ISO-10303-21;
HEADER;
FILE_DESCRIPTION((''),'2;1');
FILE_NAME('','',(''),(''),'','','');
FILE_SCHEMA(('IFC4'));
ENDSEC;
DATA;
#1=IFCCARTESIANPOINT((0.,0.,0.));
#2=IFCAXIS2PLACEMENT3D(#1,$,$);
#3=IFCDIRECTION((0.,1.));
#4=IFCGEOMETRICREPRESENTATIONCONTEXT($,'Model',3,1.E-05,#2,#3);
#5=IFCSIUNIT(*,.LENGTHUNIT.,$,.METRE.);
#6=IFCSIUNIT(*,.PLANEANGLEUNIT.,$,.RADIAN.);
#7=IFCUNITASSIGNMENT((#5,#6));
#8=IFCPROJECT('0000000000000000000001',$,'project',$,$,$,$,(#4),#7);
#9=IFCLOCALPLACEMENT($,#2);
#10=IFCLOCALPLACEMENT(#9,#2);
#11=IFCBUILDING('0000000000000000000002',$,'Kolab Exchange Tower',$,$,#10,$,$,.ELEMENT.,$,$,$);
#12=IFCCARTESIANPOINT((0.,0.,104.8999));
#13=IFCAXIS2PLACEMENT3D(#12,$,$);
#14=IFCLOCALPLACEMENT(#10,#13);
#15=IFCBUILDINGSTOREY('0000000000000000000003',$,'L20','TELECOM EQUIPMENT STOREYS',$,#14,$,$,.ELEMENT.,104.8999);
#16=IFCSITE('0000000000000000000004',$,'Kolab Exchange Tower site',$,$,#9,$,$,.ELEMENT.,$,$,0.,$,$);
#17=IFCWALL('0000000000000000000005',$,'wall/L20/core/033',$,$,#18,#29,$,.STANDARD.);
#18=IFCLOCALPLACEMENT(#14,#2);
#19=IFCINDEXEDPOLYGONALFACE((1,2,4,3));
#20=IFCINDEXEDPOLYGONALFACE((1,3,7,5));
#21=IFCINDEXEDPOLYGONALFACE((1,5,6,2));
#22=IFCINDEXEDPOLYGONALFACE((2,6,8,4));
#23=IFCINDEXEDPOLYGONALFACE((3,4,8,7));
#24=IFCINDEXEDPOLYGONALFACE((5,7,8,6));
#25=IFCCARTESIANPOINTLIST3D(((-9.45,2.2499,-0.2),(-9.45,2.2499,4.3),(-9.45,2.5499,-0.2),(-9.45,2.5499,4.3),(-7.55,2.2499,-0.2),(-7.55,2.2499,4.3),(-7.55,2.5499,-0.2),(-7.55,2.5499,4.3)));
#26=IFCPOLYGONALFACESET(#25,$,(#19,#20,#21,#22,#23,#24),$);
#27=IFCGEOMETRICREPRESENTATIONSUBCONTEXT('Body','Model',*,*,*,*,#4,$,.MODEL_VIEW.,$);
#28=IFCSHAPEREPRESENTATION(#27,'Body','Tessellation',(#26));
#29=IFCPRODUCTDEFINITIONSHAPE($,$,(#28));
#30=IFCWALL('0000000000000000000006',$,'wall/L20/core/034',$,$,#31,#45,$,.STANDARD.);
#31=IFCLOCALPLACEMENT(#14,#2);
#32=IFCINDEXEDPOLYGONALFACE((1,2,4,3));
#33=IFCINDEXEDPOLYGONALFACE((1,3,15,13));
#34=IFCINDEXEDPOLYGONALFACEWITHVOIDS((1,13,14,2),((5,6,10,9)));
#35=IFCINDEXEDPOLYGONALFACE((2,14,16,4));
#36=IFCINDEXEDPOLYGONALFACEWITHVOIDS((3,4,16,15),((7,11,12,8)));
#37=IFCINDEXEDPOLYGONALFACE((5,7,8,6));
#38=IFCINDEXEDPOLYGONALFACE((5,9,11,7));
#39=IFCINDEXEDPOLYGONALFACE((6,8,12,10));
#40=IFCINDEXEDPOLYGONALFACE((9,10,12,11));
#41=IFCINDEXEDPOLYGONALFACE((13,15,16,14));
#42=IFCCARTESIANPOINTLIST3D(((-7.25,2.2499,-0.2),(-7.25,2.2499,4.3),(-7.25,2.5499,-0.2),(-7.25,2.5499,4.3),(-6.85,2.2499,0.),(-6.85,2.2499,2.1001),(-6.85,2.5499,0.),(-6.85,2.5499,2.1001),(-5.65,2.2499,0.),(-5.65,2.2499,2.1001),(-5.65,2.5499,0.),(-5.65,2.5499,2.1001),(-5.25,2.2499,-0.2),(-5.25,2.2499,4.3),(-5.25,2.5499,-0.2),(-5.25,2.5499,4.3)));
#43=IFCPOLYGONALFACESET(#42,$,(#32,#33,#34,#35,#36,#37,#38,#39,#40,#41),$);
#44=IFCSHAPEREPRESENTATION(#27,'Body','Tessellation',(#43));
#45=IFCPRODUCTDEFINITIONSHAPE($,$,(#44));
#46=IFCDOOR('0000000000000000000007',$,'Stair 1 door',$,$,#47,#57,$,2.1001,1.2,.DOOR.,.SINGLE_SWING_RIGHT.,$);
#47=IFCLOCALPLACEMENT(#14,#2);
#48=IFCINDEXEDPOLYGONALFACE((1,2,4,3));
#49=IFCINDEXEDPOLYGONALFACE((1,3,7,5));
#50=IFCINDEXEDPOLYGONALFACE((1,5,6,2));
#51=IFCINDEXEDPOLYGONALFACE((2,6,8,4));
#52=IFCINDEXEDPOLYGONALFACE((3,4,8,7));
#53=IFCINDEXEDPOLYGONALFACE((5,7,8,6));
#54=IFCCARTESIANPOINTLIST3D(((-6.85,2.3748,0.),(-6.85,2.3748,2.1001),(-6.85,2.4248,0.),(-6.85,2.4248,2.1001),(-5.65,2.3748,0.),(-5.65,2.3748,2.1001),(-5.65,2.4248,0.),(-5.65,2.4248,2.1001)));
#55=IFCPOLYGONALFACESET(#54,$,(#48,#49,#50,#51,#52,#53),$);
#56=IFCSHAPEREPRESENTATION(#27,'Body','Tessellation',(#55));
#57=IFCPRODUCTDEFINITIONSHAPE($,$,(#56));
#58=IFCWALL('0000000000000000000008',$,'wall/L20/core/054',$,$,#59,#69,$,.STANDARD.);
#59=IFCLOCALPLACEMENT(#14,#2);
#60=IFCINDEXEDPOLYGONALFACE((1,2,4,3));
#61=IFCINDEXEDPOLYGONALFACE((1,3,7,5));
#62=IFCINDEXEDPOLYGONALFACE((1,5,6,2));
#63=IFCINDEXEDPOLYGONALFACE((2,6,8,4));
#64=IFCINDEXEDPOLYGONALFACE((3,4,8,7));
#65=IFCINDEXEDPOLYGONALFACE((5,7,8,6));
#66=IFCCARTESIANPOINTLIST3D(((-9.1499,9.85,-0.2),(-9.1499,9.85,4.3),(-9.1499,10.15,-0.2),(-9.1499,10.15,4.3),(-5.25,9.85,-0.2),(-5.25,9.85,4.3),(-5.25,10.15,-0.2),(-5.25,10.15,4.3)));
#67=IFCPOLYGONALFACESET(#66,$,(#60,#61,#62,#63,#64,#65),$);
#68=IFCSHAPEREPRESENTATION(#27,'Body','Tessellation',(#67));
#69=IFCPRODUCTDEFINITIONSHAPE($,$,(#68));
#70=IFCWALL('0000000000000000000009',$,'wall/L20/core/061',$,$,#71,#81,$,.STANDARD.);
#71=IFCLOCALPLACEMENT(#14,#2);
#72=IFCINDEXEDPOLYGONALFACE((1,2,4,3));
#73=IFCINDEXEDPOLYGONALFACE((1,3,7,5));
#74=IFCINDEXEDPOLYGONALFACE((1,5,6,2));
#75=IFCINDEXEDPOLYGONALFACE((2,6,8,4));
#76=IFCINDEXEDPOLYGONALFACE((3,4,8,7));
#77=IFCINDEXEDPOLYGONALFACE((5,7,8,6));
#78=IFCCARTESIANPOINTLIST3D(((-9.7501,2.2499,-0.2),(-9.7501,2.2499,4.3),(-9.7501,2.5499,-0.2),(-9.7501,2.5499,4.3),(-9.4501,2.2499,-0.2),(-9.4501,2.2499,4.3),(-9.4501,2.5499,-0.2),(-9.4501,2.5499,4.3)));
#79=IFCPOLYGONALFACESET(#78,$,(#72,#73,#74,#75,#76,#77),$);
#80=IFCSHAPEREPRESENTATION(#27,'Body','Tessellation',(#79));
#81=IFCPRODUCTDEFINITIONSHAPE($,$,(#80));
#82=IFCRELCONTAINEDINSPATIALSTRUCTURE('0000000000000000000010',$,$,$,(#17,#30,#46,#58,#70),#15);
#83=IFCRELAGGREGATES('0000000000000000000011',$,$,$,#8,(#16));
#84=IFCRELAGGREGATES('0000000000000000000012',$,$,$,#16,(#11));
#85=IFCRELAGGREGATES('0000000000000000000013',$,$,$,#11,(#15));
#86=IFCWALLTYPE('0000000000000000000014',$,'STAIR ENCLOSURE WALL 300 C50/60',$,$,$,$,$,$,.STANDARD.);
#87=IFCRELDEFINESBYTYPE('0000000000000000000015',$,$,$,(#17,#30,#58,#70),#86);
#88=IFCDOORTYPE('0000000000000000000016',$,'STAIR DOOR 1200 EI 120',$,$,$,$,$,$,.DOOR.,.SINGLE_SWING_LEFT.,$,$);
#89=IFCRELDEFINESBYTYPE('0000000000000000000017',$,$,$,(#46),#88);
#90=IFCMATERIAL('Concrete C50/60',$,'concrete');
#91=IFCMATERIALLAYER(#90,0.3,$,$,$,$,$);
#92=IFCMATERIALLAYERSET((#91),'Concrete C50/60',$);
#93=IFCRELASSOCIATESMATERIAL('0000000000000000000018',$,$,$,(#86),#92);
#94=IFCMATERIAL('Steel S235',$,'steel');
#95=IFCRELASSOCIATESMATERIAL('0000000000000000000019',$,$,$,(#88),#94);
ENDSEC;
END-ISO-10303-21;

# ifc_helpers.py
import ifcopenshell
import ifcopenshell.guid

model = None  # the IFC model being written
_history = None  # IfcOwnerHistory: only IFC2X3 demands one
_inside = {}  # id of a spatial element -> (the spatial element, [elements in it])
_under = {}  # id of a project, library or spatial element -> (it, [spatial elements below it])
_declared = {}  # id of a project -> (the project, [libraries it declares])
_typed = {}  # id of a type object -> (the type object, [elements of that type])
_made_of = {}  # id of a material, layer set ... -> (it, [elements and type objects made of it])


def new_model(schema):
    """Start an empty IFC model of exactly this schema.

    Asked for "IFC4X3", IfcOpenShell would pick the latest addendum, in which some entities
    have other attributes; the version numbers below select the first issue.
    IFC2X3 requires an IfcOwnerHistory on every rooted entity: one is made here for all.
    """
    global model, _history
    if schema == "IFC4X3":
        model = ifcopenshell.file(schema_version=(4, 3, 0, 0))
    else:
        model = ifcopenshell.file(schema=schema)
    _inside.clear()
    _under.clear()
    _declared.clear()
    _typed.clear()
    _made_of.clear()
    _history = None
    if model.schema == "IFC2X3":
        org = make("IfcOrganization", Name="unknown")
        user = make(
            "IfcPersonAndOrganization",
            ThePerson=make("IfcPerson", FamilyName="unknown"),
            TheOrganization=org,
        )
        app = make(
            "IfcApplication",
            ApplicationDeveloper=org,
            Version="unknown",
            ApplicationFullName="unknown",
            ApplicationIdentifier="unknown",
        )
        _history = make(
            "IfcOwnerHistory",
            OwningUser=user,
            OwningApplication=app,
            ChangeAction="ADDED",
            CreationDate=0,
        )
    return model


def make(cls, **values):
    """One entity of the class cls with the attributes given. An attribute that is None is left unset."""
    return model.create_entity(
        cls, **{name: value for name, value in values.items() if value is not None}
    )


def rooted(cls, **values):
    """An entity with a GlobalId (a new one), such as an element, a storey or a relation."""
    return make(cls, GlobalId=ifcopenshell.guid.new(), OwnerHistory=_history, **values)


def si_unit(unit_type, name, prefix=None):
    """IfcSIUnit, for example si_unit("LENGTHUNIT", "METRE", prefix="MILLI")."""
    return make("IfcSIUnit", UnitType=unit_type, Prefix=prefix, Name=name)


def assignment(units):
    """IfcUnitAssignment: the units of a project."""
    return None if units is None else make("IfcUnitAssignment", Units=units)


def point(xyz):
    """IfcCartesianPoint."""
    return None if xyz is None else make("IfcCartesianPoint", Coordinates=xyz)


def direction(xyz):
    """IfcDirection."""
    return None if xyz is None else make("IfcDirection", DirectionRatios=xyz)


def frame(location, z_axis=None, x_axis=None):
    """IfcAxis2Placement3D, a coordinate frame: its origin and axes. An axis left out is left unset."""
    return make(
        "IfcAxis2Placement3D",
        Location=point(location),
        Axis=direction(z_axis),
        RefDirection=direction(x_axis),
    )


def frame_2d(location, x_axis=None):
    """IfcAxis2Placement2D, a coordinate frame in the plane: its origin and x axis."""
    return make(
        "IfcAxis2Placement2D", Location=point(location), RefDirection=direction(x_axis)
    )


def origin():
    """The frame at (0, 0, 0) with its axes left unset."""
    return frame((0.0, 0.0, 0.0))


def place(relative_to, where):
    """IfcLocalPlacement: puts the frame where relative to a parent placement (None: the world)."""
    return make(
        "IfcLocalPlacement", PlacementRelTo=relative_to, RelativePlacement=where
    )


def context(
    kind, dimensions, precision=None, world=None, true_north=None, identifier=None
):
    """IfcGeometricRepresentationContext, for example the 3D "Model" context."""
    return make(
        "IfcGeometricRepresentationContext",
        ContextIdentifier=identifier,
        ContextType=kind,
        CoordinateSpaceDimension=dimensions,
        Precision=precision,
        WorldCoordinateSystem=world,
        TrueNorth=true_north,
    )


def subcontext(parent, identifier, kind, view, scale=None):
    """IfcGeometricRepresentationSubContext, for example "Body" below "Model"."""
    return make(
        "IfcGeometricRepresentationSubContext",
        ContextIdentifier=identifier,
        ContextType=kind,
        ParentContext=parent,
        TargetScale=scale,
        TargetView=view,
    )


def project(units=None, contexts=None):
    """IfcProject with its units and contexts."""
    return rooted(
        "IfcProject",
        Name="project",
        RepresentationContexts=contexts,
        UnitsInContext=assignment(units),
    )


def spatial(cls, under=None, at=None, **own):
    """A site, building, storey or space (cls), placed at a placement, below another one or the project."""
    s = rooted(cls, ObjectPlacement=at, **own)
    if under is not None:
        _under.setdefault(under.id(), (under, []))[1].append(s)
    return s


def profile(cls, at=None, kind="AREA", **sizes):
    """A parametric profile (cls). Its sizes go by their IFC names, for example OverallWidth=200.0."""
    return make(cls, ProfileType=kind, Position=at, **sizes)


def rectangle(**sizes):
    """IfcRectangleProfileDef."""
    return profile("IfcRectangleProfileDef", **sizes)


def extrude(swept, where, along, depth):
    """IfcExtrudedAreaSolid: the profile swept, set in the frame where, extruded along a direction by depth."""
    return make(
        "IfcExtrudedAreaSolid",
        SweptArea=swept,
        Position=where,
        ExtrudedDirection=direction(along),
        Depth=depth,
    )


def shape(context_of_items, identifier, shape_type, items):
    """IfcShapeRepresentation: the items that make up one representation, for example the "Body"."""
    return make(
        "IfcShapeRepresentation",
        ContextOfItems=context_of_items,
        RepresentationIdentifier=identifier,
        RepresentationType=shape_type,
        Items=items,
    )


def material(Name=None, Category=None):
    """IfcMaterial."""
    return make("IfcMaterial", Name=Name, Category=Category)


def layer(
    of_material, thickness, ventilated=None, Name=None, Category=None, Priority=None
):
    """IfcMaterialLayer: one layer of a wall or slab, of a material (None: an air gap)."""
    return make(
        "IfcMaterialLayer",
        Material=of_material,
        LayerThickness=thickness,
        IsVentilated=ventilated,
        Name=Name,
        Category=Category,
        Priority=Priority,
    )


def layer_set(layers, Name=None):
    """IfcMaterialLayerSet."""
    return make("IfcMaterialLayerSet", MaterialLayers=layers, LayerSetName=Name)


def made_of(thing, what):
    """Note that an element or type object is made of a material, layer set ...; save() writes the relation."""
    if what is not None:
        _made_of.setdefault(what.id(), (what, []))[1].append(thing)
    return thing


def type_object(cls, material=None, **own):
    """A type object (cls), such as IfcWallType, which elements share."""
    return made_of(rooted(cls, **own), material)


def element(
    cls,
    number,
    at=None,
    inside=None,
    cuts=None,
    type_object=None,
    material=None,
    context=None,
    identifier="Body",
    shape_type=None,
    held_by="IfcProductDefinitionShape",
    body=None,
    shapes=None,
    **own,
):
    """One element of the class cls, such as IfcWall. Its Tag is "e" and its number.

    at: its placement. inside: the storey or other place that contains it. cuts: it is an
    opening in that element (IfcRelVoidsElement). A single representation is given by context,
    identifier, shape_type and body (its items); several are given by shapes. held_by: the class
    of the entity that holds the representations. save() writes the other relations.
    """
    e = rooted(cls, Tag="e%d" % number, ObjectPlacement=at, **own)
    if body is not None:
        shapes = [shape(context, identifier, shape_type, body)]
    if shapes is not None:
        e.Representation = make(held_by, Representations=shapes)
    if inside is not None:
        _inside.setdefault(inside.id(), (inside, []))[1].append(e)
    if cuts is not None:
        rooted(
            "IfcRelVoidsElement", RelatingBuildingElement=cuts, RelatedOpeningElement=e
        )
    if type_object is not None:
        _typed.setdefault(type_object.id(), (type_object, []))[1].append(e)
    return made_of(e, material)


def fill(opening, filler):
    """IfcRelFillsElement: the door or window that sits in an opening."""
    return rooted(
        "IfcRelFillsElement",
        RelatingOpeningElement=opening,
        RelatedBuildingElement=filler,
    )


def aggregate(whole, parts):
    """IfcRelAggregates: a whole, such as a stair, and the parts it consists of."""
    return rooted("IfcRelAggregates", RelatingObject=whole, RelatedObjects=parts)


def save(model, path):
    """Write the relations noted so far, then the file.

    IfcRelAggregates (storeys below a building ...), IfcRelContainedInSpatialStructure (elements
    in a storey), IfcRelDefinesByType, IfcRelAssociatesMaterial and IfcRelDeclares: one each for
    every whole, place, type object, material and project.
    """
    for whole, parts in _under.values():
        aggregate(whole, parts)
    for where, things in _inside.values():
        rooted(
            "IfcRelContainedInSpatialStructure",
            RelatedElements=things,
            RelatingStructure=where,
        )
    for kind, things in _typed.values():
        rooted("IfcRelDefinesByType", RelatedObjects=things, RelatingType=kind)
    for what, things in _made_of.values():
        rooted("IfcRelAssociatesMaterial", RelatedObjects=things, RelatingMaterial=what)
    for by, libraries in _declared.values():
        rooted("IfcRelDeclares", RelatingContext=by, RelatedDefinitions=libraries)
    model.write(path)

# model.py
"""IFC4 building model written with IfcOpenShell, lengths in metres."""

from ifc_helpers import new_model, si_unit, direction, frame, frame_2d, origin, place, context, subcontext, project, spatial, rectangle, extrude, material, layer, layer_set, type_object, element, fill, save


model = new_model("IFC4")

# Units and contexts
model_context = context("Model", 3, precision=1e-05, world=origin(), true_north=direction((0.0, 1.0)))
body_context = subcontext(model_context, "Body", "Model", "MODEL_VIEW")
ifc_project = project(units=[si_unit("LENGTHUNIT", "METRE"), si_unit("PLANEANGLEUNIT", "RADIAN")], contexts=[model_context])

# Site, building, storey
site_placement = place(None, origin())
site = spatial("IfcSite", under=ifc_project, at=site_placement, Name="Kolab Exchange Tower site", CompositionType="ELEMENT", RefElevation=0.0)
building_placement = place(site_placement, origin())
building = spatial("IfcBuilding", under=site, at=building_placement, Name="Kolab Exchange Tower", CompositionType="ELEMENT")
storey_placement = place(building_placement, frame((0.0, 0.0, 104.8999)))
storey = spatial("IfcBuildingStorey", under=building, at=storey_placement, Name="L20", Description="TELECOM EQUIPMENT STOREYS", CompositionType="ELEMENT", Elevation=104.8999)

# Shared definitions
ifc_material_1 = material(Name="Steel S235", Category="steel")

# Wall
ifc_material_2 = material(Name="Concrete C50/60", Category="concrete")
ifc_layer_1 = layer(ifc_material_2, 0.3)
ifc_layer_set_1 = layer_set([ifc_layer_1], Name="Concrete C50/60")
wall_type_1 = type_object("IfcWallType", Name="STAIR ENCLOSURE WALL 300 C50/60", PredefinedType="STANDARD", material=ifc_layer_set_1)
wall_1_placement = place(storey_placement, frame((-9.45, 2.3999, -0.2), z_axis=(0.0, 0.0, 1.0), x_axis=(1.0, 0.0, 0.0)))
element("IfcWall", 1, at=wall_1_placement, inside=storey, type_object=wall_type_1, Name="wall/L20/core/033", PredefinedType="STANDARD", context=body_context, shape_type="SweptSolid", body=[
    extrude(rectangle(XDim=1.8999, YDim=0.3, at=frame_2d((0.95, 0.0))), origin(), (0.0, 0.0, 1.0), 4.5),
])

# Wall, opening, door
wall_2_placement = place(storey_placement, frame((-7.25, 2.3999, -0.2), z_axis=(0.0, 0.0, 1.0), x_axis=(1.0, 0.0, 0.0)))
wall_2 = element("IfcWall", 2, at=wall_2_placement, inside=storey, type_object=wall_type_1, Name="wall/L20/core/034", PredefinedType="STANDARD", context=body_context, shape_type="SweptSolid", body=[
    extrude(rectangle(XDim=2.0, YDim=0.3, at=frame_2d((1.0, 0.0))), origin(), (0.0, 0.0, 1.0), 4.5),
])
opening_1_placement = place(wall_2_placement, frame((0.3999, 0.0, 0.2)))
opening_1 = element("IfcOpeningElement", 3, at=opening_1_placement, cuts=wall_2, PredefinedType="OPENING", context=body_context, shape_type="SweptSolid", body=[
    extrude(rectangle(XDim=1.2, YDim=2.1001, at=frame_2d((0.6001, 1.05))), frame((0.0, 0.1602, 0.0), z_axis=(0.0, -1.0, 0.0), x_axis=(1.0, 0.0, 0.0)), (0.0, 0.0, 1.0), 0.3201),
])
door_type_1 = type_object("IfcDoorType", Name="STAIR DOOR 1200 EI 120", OperationType="SINGLE_SWING_LEFT", PredefinedType="DOOR", material=ifc_material_1)
door_1_placement = place(opening_1_placement, origin())
door_1 = element("IfcDoor", 4, at=door_1_placement, inside=storey, type_object=door_type_1, Name="Stair 1 door", OperationType="SINGLE_SWING_RIGHT", OverallHeight=2.1001, OverallWidth=1.2, PredefinedType="DOOR", context=body_context, shape_type="SweptSolid", body=[
    extrude(rectangle(XDim=1.2, YDim=2.1001, at=frame_2d((0.6001, 1.05))), frame((0.0, 0.0249, 0.0), z_axis=(0.0, -1.0, 0.0), x_axis=(1.0, 0.0, 0.0)), (0.0, 0.0, 1.0), 0.05),
])
fill(opening_1, door_1)

# Walls
wall_3_placement = place(storey_placement, frame((-9.1499, 10.0, -0.2), z_axis=(0.0, 0.0, 1.0), x_axis=(1.0, 0.0, 0.0)))
element("IfcWall", 5, at=wall_3_placement, inside=storey, type_object=wall_type_1, Name="wall/L20/core/054", PredefinedType="STANDARD", context=body_context, shape_type="SweptSolid", body=[
    extrude(rectangle(XDim=3.8999, YDim=0.3, at=frame_2d((1.95, 0.0))), origin(), (0.0, 0.0, 1.0), 4.5),
])
wall_4_placement = place(storey_placement, frame((-9.6001, 2.25, -0.2), z_axis=(0.0, 0.0, 1.0), x_axis=(0.0, 1.0, 0.0)))
element("IfcWall", 6, at=wall_4_placement, inside=storey, type_object=wall_type_1, Name="wall/L20/core/061", PredefinedType="STANDARD", context=body_context, shape_type="SweptSolid", body=[
    extrude(rectangle(XDim=0.3, YDim=0.3, at=frame_2d((0.1499, 0.0))), origin(), (0.0, 0.0, 1.0), 4.5),
])

save(model, "model.ifc")
